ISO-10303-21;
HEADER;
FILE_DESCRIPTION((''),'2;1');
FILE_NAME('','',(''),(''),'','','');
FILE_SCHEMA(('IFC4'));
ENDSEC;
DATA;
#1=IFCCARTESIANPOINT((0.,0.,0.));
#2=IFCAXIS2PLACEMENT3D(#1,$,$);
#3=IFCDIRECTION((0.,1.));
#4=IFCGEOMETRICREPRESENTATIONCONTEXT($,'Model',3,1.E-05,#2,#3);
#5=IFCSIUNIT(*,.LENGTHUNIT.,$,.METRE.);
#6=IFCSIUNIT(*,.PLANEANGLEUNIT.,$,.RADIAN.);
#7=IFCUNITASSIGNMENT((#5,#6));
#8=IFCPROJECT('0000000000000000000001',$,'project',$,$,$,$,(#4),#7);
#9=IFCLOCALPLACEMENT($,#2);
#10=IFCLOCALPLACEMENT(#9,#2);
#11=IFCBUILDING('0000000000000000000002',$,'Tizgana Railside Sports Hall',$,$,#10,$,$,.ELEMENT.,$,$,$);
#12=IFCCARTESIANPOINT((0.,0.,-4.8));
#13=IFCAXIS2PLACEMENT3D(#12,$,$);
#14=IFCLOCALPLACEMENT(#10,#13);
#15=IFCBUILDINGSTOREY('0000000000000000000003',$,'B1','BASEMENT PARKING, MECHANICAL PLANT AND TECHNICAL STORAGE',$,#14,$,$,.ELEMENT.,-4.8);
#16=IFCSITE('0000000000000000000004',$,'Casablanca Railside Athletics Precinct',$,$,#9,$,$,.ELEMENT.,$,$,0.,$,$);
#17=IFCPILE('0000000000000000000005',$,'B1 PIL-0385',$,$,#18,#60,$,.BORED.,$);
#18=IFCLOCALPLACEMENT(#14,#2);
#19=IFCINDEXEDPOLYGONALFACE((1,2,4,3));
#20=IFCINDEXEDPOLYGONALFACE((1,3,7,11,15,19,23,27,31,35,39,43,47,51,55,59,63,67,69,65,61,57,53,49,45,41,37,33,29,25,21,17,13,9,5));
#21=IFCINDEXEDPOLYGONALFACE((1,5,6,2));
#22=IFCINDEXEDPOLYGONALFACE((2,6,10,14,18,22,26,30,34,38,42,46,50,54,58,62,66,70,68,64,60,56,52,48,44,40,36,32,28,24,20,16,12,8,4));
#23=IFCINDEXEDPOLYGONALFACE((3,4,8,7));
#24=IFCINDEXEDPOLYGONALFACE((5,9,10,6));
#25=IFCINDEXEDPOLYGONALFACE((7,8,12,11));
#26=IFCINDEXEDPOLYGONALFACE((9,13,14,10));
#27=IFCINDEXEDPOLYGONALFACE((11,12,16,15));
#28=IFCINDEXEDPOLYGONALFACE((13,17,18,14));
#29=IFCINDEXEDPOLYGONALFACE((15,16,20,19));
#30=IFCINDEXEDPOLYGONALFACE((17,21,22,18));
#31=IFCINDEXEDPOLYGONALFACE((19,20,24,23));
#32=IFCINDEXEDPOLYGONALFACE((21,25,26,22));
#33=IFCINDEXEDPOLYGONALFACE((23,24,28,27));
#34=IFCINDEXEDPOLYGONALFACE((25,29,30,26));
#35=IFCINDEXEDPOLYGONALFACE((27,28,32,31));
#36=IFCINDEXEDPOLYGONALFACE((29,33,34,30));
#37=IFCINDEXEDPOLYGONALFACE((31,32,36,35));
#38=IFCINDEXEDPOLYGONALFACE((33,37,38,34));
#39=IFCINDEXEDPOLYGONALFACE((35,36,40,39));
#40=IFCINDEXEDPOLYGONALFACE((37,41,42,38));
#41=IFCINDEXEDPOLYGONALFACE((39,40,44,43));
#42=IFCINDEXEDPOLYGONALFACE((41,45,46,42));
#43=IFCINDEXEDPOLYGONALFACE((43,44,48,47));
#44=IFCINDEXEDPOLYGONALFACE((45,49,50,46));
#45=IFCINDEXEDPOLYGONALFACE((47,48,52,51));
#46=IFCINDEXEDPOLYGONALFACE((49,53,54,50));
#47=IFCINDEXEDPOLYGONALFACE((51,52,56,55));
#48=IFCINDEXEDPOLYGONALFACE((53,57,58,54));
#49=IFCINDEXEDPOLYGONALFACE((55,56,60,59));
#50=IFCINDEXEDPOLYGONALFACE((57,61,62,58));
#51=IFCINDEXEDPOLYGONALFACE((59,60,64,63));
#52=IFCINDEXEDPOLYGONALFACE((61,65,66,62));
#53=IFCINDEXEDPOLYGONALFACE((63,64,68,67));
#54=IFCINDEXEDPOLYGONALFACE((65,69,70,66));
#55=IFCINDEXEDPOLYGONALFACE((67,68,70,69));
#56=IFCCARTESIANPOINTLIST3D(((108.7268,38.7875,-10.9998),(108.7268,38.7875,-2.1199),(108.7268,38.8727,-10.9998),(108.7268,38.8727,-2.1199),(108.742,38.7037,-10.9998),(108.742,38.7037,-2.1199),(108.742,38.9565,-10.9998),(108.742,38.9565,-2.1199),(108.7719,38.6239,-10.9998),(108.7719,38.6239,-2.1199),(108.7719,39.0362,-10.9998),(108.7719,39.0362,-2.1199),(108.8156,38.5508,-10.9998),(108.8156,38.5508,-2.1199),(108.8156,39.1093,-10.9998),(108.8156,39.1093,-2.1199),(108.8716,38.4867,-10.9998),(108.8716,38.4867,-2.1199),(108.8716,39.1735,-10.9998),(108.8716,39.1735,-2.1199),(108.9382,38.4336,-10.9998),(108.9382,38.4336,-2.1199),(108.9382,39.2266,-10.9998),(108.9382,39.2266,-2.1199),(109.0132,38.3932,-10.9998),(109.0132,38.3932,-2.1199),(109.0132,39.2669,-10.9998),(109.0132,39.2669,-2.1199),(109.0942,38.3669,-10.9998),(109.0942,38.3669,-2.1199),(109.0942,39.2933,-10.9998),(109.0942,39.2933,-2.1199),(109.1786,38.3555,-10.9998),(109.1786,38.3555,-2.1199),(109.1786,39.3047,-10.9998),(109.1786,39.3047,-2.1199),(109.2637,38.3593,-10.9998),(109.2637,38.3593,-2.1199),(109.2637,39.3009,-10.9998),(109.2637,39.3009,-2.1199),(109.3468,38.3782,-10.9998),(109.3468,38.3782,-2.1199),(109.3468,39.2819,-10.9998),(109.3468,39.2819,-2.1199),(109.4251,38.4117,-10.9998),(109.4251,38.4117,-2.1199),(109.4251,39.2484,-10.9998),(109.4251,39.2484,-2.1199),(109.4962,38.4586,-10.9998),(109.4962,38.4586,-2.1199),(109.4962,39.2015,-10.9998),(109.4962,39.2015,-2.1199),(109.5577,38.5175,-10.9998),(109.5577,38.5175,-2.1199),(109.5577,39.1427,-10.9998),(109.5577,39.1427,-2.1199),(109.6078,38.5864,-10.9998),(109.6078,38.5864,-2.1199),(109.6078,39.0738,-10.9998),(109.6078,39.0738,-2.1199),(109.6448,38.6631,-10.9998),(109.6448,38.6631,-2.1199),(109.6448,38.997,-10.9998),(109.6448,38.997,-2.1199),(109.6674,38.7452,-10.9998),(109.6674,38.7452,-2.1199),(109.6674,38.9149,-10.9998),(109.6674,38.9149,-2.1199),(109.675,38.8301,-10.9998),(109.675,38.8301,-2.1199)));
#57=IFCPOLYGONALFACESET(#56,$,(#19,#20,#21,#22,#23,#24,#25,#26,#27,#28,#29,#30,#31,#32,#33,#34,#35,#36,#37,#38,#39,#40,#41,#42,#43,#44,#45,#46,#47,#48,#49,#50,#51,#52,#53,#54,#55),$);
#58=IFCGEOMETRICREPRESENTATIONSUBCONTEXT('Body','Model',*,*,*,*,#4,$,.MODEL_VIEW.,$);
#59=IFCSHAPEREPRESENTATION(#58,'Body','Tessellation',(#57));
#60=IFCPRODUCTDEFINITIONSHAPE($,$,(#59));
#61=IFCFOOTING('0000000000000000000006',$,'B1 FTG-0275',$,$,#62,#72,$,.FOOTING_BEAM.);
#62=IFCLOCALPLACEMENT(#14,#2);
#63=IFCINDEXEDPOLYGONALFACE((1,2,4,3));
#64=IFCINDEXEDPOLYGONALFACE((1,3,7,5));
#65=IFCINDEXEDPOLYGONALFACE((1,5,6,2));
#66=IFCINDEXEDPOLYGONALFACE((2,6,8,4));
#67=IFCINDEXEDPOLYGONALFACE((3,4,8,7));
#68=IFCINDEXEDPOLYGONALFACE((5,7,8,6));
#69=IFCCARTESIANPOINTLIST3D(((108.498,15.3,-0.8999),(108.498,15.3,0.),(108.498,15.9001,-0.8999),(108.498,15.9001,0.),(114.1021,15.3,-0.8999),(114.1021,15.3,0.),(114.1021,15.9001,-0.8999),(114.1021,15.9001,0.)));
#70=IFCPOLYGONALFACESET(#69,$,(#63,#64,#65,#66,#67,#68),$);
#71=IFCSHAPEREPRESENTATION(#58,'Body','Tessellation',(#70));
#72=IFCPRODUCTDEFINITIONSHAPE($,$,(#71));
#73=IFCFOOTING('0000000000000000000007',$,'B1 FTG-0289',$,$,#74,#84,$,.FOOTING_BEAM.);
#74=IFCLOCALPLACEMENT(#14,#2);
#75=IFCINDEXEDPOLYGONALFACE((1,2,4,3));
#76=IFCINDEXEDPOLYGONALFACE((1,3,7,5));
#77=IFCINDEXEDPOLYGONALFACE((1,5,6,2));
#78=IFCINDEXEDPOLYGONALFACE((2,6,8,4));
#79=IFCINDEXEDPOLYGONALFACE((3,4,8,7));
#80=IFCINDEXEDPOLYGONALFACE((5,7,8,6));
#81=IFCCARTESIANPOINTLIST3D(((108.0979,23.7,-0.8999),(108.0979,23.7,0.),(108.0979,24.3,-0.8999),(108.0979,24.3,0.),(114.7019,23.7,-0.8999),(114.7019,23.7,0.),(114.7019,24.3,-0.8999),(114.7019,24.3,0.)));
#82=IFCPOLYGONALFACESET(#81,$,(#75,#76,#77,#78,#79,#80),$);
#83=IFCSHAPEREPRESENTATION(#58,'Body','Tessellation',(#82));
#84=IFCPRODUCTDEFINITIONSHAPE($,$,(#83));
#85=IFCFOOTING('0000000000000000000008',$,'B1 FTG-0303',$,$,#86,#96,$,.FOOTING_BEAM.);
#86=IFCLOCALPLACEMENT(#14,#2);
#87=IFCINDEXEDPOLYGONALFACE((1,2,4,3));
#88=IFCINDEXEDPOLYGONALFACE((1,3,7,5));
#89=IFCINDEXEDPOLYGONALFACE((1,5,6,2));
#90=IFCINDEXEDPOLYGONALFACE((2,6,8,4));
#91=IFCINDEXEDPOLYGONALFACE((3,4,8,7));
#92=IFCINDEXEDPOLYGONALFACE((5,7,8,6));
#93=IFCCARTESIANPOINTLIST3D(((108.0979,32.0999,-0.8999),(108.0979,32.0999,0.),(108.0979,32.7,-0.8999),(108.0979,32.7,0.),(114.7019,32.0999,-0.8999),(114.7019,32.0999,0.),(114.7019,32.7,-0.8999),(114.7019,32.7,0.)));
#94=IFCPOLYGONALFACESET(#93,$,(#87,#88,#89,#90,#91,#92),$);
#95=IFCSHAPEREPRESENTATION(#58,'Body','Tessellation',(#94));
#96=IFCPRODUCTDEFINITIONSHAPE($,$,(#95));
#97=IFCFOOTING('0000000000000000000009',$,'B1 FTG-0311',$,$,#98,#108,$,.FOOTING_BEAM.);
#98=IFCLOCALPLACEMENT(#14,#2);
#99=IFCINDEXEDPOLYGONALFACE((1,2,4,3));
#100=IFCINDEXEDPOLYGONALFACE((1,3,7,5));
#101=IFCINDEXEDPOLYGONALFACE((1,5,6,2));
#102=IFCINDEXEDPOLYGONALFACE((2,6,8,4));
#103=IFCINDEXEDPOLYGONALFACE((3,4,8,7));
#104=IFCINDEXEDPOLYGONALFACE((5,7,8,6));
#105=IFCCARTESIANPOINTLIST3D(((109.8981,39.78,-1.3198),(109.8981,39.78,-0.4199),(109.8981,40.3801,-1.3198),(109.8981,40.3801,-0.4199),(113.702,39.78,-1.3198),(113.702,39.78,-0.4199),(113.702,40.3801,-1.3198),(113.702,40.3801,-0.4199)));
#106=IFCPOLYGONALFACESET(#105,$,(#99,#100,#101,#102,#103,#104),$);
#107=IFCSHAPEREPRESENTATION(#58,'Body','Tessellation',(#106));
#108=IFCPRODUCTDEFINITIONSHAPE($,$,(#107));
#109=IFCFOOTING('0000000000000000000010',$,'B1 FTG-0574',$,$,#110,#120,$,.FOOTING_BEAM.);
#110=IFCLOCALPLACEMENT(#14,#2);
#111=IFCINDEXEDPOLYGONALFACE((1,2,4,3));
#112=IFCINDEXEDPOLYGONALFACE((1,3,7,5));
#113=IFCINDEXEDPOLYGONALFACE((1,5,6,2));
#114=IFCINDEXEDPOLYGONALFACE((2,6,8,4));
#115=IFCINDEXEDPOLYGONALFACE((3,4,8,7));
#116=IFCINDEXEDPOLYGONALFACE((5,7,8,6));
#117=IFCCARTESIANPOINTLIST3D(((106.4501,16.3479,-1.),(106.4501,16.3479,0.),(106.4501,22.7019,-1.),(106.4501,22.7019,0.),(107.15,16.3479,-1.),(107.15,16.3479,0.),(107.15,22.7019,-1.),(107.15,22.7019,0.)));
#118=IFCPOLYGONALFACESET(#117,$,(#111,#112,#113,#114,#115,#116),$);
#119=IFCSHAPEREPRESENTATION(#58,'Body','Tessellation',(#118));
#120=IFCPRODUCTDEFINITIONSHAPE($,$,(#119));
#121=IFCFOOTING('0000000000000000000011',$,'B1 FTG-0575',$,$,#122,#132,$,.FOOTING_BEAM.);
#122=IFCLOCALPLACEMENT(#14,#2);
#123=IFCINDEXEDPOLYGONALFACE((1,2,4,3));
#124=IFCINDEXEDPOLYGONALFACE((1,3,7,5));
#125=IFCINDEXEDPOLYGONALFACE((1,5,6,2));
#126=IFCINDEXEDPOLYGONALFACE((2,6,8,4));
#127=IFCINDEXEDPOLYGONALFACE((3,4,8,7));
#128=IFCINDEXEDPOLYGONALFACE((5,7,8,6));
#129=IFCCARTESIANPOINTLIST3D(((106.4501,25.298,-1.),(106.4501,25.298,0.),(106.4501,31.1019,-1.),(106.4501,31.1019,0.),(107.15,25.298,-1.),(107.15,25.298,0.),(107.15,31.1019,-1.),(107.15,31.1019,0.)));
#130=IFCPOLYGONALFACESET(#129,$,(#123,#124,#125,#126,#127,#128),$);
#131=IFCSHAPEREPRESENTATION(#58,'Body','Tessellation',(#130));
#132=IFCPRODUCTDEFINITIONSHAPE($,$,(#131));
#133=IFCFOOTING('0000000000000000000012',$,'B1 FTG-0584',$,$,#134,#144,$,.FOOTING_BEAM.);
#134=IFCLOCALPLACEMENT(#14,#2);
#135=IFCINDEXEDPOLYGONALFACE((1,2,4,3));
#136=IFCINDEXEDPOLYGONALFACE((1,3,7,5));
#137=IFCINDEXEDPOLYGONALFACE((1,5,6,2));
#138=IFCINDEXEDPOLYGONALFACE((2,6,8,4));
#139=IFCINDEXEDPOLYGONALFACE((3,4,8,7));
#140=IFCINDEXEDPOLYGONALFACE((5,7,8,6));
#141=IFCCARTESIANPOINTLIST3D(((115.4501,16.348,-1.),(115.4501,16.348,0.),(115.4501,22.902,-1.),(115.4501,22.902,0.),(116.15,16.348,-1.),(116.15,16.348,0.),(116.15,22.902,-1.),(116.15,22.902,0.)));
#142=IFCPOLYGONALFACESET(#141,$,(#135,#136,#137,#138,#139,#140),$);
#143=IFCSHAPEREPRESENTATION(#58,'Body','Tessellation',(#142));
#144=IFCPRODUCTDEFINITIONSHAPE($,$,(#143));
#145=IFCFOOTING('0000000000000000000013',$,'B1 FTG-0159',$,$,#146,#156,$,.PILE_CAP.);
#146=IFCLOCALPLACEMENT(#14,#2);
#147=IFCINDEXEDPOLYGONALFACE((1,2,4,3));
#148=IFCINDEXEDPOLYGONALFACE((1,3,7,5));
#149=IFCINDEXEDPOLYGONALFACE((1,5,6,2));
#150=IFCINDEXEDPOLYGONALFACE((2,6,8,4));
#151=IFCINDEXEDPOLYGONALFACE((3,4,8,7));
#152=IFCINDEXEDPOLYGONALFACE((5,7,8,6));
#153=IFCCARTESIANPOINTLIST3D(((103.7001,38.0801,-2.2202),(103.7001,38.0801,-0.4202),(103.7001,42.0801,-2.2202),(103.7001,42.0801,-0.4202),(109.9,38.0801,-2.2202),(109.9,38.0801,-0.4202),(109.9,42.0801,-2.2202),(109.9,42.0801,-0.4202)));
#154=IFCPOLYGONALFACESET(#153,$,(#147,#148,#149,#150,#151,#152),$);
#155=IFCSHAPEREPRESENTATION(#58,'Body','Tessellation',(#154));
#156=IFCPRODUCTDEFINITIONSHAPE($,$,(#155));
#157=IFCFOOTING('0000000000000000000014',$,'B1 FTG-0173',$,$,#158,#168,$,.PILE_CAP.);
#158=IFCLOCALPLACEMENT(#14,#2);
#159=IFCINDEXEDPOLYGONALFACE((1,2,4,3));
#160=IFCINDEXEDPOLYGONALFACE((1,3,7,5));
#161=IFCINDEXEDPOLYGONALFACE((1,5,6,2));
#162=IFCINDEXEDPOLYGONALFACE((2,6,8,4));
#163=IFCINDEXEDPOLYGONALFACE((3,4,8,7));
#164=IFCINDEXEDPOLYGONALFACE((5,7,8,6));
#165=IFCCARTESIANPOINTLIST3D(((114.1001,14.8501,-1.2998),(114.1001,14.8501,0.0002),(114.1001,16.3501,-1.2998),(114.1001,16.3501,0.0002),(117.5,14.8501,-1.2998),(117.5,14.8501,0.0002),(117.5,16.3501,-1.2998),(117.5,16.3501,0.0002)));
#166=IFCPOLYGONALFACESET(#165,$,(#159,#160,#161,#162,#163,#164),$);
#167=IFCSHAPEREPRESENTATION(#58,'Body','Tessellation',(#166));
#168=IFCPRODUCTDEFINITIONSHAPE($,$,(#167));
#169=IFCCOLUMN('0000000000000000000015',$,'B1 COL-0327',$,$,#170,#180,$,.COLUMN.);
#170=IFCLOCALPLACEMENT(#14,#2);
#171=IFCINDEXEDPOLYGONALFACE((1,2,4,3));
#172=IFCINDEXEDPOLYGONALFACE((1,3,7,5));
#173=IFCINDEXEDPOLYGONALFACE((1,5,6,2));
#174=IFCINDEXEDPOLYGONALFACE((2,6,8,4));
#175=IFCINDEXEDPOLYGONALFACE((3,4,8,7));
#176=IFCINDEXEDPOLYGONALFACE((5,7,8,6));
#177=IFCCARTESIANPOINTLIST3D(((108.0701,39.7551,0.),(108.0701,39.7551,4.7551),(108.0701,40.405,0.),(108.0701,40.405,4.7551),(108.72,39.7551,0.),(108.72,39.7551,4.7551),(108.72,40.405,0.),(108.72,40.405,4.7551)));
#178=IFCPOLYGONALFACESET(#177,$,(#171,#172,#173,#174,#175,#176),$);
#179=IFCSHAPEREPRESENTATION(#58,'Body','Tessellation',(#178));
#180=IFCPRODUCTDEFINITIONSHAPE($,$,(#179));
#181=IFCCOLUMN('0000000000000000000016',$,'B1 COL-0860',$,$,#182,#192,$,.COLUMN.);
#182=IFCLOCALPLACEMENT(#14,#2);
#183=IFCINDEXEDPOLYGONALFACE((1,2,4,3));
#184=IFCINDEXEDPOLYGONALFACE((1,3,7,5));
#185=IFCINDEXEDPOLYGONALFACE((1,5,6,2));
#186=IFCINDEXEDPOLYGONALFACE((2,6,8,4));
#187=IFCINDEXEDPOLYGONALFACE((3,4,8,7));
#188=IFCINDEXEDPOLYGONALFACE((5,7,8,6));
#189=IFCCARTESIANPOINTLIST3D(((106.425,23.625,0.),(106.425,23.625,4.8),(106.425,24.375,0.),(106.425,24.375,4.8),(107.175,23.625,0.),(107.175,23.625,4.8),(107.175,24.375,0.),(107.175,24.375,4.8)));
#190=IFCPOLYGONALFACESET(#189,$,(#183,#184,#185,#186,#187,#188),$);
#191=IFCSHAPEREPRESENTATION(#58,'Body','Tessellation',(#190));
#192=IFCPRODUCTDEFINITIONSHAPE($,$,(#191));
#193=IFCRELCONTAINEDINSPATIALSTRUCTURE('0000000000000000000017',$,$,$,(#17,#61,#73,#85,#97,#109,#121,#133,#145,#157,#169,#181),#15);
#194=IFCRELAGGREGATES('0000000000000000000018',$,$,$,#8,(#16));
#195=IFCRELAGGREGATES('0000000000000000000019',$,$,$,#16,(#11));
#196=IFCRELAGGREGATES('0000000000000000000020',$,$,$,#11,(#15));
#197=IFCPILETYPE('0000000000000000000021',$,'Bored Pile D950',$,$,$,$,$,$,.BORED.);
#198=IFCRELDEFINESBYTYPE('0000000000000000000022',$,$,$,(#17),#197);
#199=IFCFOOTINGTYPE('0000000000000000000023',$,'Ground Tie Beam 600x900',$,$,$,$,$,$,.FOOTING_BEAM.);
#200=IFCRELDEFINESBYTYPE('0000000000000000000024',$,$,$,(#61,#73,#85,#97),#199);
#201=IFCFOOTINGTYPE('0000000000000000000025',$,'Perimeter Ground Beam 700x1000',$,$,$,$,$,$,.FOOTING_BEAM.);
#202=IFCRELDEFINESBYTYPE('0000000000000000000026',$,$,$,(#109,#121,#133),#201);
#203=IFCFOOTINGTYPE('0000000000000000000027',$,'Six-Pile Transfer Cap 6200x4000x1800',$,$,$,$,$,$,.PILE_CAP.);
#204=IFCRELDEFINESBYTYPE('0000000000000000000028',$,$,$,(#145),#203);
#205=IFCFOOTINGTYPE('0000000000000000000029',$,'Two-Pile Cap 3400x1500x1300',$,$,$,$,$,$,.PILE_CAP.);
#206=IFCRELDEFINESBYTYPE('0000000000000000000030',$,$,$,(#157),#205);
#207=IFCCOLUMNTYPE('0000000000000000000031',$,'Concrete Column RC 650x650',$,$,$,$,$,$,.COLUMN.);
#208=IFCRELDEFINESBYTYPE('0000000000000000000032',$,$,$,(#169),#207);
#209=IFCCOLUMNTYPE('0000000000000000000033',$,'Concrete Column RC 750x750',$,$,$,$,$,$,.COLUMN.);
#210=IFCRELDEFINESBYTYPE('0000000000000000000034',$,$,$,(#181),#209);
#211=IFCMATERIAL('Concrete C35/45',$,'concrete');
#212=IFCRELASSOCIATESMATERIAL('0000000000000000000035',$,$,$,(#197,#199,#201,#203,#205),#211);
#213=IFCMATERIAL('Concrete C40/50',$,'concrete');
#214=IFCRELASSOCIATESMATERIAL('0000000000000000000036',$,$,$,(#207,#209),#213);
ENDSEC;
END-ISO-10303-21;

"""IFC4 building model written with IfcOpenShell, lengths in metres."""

from ifc_helpers import new_model, si_unit, direction, frame, origin, origin_2d, place, context, subcontext, project, spatial, rectangle, circle, extrude, material, material_profile, profile_set, type_object, element, save


model = new_model("IFC4")

# Units and contexts
model_context = context("Model", 3, precision=1e-05, world=origin(), true_north=direction((0.0, 1.0)))
body_context = subcontext(model_context, "Body", "Model", "MODEL_VIEW")
ifc_project = project(units=[si_unit("LENGTHUNIT", "METRE"), si_unit("PLANEANGLEUNIT", "RADIAN")], contexts=[model_context])

# Site, building, storey
site_placement = place(None, origin())
site = spatial("IfcSite", under=ifc_project, at=site_placement, Name="Casablanca Railside Athletics Precinct", CompositionType="ELEMENT", RefElevation=0.0)
building_placement = place(site_placement, origin())
building = spatial("IfcBuilding", under=site, at=building_placement, Name="Tizgana Railside Sports Hall", CompositionType="ELEMENT")
storey_placement = place(building_placement, frame((0.0, 0.0, -4.8)))
storey = spatial("IfcBuildingStorey", under=building, at=storey_placement, Name="B1", Description="BASEMENT PARKING, MECHANICAL PLANT AND TECHNICAL STORAGE", CompositionType="ELEMENT", Elevation=-4.8)

# Shared definitions
ifc_material_1 = material(Name="Concrete C35/45", Category="concrete")

# Pile
ifc_material_profile_1 = material_profile(ifc_material_1, circle(Radius=0.4751, at=origin_2d()), Name="PILE D950")
ifc_profile_set_1 = profile_set([ifc_material_profile_1], Name="Concrete C35/45")
pile_type_1 = type_object("IfcPileType", Name="Bored Pile D950", PredefinedType="BORED", material=ifc_profile_set_1)
for number, where, z_axis, x_axis, name in (
    (1, (109.2, 38.8301, -2.1199), (0.0, 0.0, -1.0), (1.0, 0.0, 0.0), "B1 PIL-0385"),
):
    element("IfcPile", number, at=place(storey_placement, frame(where, z_axis=z_axis, x_axis=x_axis)), inside=storey, type_object=pile_type_1, Name=name, PredefinedType="BORED", context=body_context, shape_type="SweptSolid", body=[
        extrude(circle(Radius=0.4751, at=origin_2d()), origin(), (0.0, 0.0, 1.0), 8.8799),
    ])

# Footings
footing_type_1 = type_object("IfcFootingType", Name="Ground Tie Beam 600x900", PredefinedType="FOOTING_BEAM", material=ifc_material_1)
footing_1_placement = place(storey_placement, frame((111.3, 15.6001, -0.8999), z_axis=(0.0, 0.0, 1.0), x_axis=(1.0, 0.0, 0.0)))
element("IfcFooting", 2, at=footing_1_placement, inside=storey, type_object=footing_type_1, Name="B1 FTG-0275", PredefinedType="FOOTING_BEAM", context=body_context, shape_type="SweptSolid", body=[
    extrude(rectangle(XDim=5.604, YDim=0.6001, at=origin_2d()), origin(), (0.0, 0.0, 1.0), 0.8999),
])
for number, where, z_axis, x_axis, name in (
    (3, (111.3999, 24.0, -0.8999), (0.0, 0.0, 1.0), (1.0, 0.0, 0.0), "B1 FTG-0289"),
    (4, (111.3999, 32.3999, -0.8999), (0.0, 0.0, 1.0), (1.0, 0.0, 0.0), "B1 FTG-0303"),
):
    element("IfcFooting", number, at=place(storey_placement, frame(where, z_axis=z_axis, x_axis=x_axis)), inside=storey, type_object=footing_type_1, Name=name, PredefinedType="FOOTING_BEAM", context=body_context, shape_type="SweptSolid", body=[
        extrude(rectangle(XDim=6.604, YDim=0.6001, at=origin_2d()), origin(), (0.0, 0.0, 1.0), 0.8999),
    ])
footing_2_placement = place(storey_placement, frame((111.8, 40.0801, -1.3198), z_axis=(0.0, 0.0, 1.0), x_axis=(1.0, 0.0, 0.0)))
element("IfcFooting", 5, at=footing_2_placement, inside=storey, type_object=footing_type_1, Name="B1 FTG-0311", PredefinedType="FOOTING_BEAM", context=body_context, shape_type="SweptSolid", body=[
    extrude(rectangle(XDim=3.804, YDim=0.6001, at=origin_2d()), origin(), (0.0, 0.0, 1.0), 0.8999),
])
footing_type_2 = type_object("IfcFootingType", Name="Perimeter Ground Beam 700x1000", PredefinedType="FOOTING_BEAM", material=ifc_material_1)
footing_3_placement = place(storey_placement, frame((106.8, 19.5249, -1.0), z_axis=(0.0, 0.0, 1.0), x_axis=(0.0, 1.0, 0.0)))
element("IfcFooting", 6, at=footing_3_placement, inside=storey, type_object=footing_type_2, Name="B1 FTG-0574", PredefinedType="FOOTING_BEAM", context=body_context, shape_type="SweptSolid", body=[
    extrude(rectangle(XDim=6.354, YDim=0.7, at=origin_2d()), origin(), (0.0, 0.0, 1.0), 1.0),
])
footing_4_placement = place(storey_placement, frame((106.8, 28.2, -1.0), z_axis=(0.0, 0.0, 1.0), x_axis=(0.0, 1.0, 0.0)))
element("IfcFooting", 7, at=footing_4_placement, inside=storey, type_object=footing_type_2, Name="B1 FTG-0575", PredefinedType="FOOTING_BEAM", context=body_context, shape_type="SweptSolid", body=[
    extrude(rectangle(XDim=5.804, YDim=0.7, at=origin_2d()), origin(), (0.0, 0.0, 1.0), 1.0),
])
footing_5_placement = place(storey_placement, frame((115.8, 19.625, -1.0), z_axis=(0.0, 0.0, 1.0), x_axis=(0.0, 1.0, 0.0)))
element("IfcFooting", 8, at=footing_5_placement, inside=storey, type_object=footing_type_2, Name="B1 FTG-0584", PredefinedType="FOOTING_BEAM", context=body_context, shape_type="SweptSolid", body=[
    extrude(rectangle(XDim=6.554, YDim=0.7, at=origin_2d()), origin(), (0.0, 0.0, 1.0), 1.0),
])
footing_type_3 = type_object("IfcFootingType", Name="Six-Pile Transfer Cap 6200x4000x1800", PredefinedType="PILE_CAP", material=ifc_material_1)
footing_6_placement = place(storey_placement, frame((106.8, 40.0801, -2.2202), z_axis=(0.0, 0.0, 1.0), x_axis=(1.0, 0.0, 0.0)))
element("IfcFooting", 9, at=footing_6_placement, inside=storey, type_object=footing_type_3, Name="B1 FTG-0159", PredefinedType="PILE_CAP", context=body_context, shape_type="SweptSolid", body=[
    extrude(rectangle(XDim=6.2, YDim=4.0, at=origin_2d()), origin(), (0.0, 0.0, 1.0), 1.8),
])
footing_type_4 = type_object("IfcFootingType", Name="Two-Pile Cap 3400x1500x1300", PredefinedType="PILE_CAP", material=ifc_material_1)
footing_7_placement = place(storey_placement, frame((115.8, 15.6001, -1.2998), z_axis=(0.0, 0.0, 1.0), x_axis=(1.0, 0.0, 0.0)))
element("IfcFooting", 10, at=footing_7_placement, inside=storey, type_object=footing_type_4, Name="B1 FTG-0173", PredefinedType="PILE_CAP", context=body_context, shape_type="SweptSolid", body=[
    extrude(rectangle(XDim=3.3999, YDim=1.5, at=origin_2d()), origin(), (0.0, 0.0, 1.0), 1.3),
])

# Columns
ifc_material_2 = material(Name="Concrete C40/50", Category="concrete")
ifc_material_profile_2 = material_profile(ifc_material_2, rectangle(XDim=0.6499, YDim=0.6499, at=origin_2d()), Name="RC 650x650")
ifc_profile_set_2 = profile_set([ifc_material_profile_2], Name="Concrete C40/50")
column_type_1 = type_object("IfcColumnType", Name="Concrete Column RC 650x650", PredefinedType="COLUMN", material=ifc_profile_set_2)
column_1_placement = place(storey_placement, frame((108.395, 40.0801, 0.0), z_axis=(0.0, 0.0, 1.0), x_axis=(1.0, 0.0, 0.0)))
element("IfcColumn", 11, at=column_1_placement, inside=storey, type_object=column_type_1, Name="B1 COL-0327", PredefinedType="COLUMN", context=body_context, shape_type="SweptSolid", body=[
    extrude(rectangle(XDim=0.6499, YDim=0.6499, at=origin_2d()), origin(), (0.0, 0.0, 1.0), 4.7551),
])
ifc_material_profile_3 = material_profile(ifc_material_2, rectangle(XDim=0.75, YDim=0.75, at=origin_2d()), Name="RC 750x750")
ifc_profile_set_3 = profile_set([ifc_material_profile_3], Name="Concrete C40/50")
column_type_2 = type_object("IfcColumnType", Name="Concrete Column RC 750x750", PredefinedType="COLUMN", material=ifc_profile_set_3)
for number, where, z_axis, x_axis, name in (
    (12, (106.8, 24.0, 0.0), (0.0, 0.0, 1.0), (1.0, 0.0, 0.0), "B1 COL-0860"),
):
    element("IfcColumn", number, at=place(storey_placement, frame(where, z_axis=z_axis, x_axis=x_axis)), inside=storey, type_object=column_type_2, Name=name, PredefinedType="COLUMN", context=body_context, shape_type="SweptSolid", body=[
        extrude(rectangle(XDim=0.75, YDim=0.75, at=origin_2d()), origin(), (0.0, 0.0, 1.0), 4.8),
    ])

save(model, "model.ifc")
